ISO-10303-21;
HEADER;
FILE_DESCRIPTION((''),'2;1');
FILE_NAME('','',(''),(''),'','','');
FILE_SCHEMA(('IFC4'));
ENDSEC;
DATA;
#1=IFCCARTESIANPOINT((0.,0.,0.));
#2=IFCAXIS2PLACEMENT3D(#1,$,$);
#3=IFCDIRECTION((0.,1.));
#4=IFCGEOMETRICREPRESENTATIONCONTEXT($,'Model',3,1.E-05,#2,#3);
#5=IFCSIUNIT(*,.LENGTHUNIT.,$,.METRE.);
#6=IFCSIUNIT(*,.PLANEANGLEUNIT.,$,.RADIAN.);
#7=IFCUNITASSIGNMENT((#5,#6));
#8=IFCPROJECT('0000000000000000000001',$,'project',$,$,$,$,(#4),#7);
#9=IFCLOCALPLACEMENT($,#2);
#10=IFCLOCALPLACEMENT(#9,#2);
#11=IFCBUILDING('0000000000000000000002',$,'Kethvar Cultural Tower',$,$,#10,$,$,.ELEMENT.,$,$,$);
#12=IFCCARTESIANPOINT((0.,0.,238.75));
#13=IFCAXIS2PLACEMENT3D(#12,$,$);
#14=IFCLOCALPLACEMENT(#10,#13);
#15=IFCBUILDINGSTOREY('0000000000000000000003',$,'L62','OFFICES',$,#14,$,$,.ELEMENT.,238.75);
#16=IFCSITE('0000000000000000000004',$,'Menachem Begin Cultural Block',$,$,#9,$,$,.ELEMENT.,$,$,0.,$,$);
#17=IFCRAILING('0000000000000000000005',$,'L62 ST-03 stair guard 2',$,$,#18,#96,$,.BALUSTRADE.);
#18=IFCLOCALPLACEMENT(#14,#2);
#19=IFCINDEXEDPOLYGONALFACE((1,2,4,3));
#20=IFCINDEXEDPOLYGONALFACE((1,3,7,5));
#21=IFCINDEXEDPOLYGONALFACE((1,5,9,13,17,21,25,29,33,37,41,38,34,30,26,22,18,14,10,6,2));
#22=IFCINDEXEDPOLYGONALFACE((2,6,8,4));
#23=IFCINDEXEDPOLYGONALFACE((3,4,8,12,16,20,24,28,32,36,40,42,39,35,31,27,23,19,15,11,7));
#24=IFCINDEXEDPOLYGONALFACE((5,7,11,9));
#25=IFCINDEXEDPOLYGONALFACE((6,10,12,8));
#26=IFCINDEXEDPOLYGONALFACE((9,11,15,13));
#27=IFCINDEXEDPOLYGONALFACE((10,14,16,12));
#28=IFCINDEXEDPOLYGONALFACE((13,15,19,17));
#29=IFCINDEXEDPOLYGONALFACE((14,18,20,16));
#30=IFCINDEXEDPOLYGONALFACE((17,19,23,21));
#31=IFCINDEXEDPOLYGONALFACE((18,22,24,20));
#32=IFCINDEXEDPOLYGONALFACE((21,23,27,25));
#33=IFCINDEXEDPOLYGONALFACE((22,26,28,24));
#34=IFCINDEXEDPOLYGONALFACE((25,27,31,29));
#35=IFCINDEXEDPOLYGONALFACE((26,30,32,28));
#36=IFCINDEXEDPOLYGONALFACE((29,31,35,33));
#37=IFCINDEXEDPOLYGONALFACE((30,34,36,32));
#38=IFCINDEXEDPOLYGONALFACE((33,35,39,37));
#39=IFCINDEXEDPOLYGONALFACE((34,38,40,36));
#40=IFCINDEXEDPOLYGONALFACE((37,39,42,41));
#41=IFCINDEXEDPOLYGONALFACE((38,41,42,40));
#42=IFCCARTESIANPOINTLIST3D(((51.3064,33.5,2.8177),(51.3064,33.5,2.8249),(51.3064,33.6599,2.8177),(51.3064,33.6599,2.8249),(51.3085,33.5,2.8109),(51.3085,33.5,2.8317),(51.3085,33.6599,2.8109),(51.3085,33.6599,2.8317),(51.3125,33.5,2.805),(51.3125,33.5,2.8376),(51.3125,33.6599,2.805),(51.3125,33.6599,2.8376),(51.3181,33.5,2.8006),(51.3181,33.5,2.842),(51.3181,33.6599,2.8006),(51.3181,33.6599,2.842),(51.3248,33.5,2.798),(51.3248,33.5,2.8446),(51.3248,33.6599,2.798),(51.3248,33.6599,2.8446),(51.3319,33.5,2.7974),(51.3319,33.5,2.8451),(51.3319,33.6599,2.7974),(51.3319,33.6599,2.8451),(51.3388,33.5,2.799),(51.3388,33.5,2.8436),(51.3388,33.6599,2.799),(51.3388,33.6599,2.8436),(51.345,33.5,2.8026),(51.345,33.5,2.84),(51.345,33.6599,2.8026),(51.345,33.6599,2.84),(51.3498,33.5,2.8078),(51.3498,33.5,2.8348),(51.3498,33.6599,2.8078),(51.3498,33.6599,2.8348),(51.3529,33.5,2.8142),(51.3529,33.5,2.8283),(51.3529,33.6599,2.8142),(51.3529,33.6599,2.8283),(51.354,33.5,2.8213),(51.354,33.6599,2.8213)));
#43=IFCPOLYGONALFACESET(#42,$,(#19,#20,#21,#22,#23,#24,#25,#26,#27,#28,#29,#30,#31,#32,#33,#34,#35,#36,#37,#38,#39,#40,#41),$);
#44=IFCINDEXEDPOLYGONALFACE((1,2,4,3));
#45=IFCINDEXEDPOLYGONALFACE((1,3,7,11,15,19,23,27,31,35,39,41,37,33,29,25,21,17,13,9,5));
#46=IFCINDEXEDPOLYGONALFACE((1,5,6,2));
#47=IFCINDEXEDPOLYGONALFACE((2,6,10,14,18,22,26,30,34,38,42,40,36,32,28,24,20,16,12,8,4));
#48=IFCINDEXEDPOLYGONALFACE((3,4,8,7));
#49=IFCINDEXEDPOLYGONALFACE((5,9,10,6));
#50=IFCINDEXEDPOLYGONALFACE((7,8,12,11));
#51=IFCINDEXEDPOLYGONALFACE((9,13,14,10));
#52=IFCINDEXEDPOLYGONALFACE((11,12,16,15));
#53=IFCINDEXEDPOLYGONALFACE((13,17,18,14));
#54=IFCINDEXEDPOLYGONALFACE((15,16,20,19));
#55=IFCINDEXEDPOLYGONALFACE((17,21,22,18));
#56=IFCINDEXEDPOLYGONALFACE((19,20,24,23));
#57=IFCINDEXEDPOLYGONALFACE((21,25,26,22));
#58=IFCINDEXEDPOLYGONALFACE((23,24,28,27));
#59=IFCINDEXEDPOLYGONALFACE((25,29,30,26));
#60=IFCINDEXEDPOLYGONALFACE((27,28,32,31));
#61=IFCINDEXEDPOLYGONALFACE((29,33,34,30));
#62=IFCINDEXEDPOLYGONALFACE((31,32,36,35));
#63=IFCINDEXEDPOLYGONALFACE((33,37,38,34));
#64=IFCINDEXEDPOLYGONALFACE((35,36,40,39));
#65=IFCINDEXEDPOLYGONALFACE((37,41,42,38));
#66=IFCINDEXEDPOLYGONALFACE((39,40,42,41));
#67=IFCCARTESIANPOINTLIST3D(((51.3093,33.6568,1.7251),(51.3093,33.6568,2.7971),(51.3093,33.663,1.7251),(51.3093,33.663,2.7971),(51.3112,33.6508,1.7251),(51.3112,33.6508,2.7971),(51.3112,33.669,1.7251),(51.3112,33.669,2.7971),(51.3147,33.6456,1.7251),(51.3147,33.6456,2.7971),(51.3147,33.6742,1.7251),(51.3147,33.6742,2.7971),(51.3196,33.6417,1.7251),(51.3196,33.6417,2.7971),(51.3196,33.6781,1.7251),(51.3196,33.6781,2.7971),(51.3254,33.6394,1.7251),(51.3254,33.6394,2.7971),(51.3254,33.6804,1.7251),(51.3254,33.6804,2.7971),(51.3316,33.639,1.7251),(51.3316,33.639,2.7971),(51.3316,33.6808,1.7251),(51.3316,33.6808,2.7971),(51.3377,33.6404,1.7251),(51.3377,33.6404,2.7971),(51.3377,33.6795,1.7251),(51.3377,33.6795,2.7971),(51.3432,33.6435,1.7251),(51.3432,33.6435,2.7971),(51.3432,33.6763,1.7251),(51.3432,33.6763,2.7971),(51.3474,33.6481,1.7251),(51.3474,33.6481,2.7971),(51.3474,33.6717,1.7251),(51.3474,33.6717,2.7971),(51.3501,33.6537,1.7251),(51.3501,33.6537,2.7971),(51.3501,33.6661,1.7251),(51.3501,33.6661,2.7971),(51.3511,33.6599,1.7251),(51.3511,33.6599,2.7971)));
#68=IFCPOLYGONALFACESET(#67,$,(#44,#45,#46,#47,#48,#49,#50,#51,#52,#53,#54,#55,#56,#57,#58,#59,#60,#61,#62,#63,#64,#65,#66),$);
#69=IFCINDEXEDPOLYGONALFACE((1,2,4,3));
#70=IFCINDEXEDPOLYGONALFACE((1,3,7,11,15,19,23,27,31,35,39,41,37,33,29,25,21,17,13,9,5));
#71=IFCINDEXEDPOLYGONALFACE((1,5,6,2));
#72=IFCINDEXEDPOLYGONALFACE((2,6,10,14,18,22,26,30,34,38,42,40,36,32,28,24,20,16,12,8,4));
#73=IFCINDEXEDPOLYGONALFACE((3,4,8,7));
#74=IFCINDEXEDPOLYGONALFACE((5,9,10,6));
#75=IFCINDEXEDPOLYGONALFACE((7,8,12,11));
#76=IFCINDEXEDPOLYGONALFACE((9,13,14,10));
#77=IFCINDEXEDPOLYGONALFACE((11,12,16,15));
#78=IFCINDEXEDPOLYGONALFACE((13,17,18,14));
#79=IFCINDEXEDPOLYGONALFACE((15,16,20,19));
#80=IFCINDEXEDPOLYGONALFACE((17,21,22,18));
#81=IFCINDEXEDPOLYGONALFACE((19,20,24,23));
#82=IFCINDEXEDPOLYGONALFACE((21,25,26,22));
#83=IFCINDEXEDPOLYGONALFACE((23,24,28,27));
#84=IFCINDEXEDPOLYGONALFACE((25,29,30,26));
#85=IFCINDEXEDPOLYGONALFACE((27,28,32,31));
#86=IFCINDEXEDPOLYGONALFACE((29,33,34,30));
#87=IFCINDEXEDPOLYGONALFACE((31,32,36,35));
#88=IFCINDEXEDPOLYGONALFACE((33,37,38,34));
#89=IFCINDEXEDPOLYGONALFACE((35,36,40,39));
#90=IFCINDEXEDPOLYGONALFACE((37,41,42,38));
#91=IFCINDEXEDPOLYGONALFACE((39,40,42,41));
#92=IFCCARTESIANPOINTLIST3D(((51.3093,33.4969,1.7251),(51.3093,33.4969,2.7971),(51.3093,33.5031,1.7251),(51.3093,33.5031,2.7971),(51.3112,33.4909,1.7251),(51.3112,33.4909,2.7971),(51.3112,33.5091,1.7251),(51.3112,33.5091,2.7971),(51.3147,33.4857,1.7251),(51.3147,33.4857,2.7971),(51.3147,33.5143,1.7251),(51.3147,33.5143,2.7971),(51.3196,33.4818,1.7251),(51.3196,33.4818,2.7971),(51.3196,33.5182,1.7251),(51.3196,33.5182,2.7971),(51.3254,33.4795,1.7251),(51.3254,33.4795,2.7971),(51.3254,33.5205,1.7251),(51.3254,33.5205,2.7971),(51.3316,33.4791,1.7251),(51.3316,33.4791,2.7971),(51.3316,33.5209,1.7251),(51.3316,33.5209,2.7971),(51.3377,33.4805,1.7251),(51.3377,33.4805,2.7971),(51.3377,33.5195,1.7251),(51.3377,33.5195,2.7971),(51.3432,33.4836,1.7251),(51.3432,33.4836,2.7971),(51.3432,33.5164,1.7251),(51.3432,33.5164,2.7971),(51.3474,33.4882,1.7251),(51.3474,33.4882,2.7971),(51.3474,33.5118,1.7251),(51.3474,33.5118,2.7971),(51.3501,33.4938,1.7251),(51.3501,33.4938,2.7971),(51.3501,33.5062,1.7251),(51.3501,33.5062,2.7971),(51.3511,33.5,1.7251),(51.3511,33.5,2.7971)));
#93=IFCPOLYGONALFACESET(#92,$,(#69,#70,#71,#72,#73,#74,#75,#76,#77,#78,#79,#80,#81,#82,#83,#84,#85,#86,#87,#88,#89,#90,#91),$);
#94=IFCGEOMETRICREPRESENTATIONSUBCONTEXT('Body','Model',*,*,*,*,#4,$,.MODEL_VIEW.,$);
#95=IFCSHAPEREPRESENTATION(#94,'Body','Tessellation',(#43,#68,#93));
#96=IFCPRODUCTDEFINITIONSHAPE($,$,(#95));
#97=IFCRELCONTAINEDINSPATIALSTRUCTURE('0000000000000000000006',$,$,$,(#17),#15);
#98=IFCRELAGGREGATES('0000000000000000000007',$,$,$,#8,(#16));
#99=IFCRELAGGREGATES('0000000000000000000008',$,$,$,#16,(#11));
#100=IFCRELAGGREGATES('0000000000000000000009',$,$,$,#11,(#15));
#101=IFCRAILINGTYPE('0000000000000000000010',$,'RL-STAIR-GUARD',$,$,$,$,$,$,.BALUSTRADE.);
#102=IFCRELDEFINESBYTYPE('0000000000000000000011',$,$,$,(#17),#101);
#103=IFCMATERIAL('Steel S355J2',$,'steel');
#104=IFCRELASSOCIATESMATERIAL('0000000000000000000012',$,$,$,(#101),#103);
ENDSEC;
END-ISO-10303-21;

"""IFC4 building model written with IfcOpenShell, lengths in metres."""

from ifc_helpers import new_model, si_unit, direction, frame, origin, origin_2d, place, context, subcontext, project, spatial, circle, extrude, material, type_object, element, save


model = new_model("IFC4")

# Units and contexts
model_context = context("Model", 3, precision=1e-05, world=origin(), true_north=direction((0.0, 1.0)))
body_context = subcontext(model_context, "Body", "Model", "MODEL_VIEW")
ifc_project = project(units=[si_unit("LENGTHUNIT", "METRE"), si_unit("PLANEANGLEUNIT", "RADIAN")], contexts=[model_context])

# Site, building, storey
site_placement = place(None, origin())
site = spatial("IfcSite", under=ifc_project, at=site_placement, Name="Menachem Begin Cultural Block", CompositionType="ELEMENT", RefElevation=0.0)
building_placement = place(site_placement, origin())
building = spatial("IfcBuilding", under=site, at=building_placement, Name="Kethvar Cultural Tower", CompositionType="ELEMENT")
storey_placement = place(building_placement, frame((0.0, 0.0, 238.75)))
storey = spatial("IfcBuildingStorey", under=building, at=storey_placement, Name="L62", Description="OFFICES", CompositionType="ELEMENT", Elevation=238.75)

# Shared definitions
ifc_material_1 = material(Name="Steel S355J2", Category="steel")

# Railing
railing_type_1 = type_object("IfcRailingType", Name="RL-STAIR-GUARD", PredefinedType="BALUSTRADE", material=ifc_material_1)
railing_1_placement = place(storey_placement, frame((51.3301, 33.6599, 1.7251)))
element("IfcRailing", 1, at=railing_1_placement, inside=storey, type_object=railing_type_1, Name="L62 ST-03 stair guard 2", PredefinedType="BALUSTRADE", context=body_context, shape_type="SweptSolid", body=[
    extrude(circle(Radius=0.0239, at=origin_2d()), frame((0.0, 0.0, 1.0962), z_axis=(0.0, -1.0, 0.0), x_axis=(1.0, 0.0, 0.0)), (0.0, 0.0, 1.0), 0.1599),
    extrude(circle(Radius=0.021, at=origin_2d()), origin(), (0.0, 0.0, 1.0), 1.072),
    extrude(circle(Radius=0.021, at=origin_2d()), frame((0.0, -0.1599, 0.0)), (0.0, 0.0, 1.0), 1.072),
])

save(model, "model.ifc")
